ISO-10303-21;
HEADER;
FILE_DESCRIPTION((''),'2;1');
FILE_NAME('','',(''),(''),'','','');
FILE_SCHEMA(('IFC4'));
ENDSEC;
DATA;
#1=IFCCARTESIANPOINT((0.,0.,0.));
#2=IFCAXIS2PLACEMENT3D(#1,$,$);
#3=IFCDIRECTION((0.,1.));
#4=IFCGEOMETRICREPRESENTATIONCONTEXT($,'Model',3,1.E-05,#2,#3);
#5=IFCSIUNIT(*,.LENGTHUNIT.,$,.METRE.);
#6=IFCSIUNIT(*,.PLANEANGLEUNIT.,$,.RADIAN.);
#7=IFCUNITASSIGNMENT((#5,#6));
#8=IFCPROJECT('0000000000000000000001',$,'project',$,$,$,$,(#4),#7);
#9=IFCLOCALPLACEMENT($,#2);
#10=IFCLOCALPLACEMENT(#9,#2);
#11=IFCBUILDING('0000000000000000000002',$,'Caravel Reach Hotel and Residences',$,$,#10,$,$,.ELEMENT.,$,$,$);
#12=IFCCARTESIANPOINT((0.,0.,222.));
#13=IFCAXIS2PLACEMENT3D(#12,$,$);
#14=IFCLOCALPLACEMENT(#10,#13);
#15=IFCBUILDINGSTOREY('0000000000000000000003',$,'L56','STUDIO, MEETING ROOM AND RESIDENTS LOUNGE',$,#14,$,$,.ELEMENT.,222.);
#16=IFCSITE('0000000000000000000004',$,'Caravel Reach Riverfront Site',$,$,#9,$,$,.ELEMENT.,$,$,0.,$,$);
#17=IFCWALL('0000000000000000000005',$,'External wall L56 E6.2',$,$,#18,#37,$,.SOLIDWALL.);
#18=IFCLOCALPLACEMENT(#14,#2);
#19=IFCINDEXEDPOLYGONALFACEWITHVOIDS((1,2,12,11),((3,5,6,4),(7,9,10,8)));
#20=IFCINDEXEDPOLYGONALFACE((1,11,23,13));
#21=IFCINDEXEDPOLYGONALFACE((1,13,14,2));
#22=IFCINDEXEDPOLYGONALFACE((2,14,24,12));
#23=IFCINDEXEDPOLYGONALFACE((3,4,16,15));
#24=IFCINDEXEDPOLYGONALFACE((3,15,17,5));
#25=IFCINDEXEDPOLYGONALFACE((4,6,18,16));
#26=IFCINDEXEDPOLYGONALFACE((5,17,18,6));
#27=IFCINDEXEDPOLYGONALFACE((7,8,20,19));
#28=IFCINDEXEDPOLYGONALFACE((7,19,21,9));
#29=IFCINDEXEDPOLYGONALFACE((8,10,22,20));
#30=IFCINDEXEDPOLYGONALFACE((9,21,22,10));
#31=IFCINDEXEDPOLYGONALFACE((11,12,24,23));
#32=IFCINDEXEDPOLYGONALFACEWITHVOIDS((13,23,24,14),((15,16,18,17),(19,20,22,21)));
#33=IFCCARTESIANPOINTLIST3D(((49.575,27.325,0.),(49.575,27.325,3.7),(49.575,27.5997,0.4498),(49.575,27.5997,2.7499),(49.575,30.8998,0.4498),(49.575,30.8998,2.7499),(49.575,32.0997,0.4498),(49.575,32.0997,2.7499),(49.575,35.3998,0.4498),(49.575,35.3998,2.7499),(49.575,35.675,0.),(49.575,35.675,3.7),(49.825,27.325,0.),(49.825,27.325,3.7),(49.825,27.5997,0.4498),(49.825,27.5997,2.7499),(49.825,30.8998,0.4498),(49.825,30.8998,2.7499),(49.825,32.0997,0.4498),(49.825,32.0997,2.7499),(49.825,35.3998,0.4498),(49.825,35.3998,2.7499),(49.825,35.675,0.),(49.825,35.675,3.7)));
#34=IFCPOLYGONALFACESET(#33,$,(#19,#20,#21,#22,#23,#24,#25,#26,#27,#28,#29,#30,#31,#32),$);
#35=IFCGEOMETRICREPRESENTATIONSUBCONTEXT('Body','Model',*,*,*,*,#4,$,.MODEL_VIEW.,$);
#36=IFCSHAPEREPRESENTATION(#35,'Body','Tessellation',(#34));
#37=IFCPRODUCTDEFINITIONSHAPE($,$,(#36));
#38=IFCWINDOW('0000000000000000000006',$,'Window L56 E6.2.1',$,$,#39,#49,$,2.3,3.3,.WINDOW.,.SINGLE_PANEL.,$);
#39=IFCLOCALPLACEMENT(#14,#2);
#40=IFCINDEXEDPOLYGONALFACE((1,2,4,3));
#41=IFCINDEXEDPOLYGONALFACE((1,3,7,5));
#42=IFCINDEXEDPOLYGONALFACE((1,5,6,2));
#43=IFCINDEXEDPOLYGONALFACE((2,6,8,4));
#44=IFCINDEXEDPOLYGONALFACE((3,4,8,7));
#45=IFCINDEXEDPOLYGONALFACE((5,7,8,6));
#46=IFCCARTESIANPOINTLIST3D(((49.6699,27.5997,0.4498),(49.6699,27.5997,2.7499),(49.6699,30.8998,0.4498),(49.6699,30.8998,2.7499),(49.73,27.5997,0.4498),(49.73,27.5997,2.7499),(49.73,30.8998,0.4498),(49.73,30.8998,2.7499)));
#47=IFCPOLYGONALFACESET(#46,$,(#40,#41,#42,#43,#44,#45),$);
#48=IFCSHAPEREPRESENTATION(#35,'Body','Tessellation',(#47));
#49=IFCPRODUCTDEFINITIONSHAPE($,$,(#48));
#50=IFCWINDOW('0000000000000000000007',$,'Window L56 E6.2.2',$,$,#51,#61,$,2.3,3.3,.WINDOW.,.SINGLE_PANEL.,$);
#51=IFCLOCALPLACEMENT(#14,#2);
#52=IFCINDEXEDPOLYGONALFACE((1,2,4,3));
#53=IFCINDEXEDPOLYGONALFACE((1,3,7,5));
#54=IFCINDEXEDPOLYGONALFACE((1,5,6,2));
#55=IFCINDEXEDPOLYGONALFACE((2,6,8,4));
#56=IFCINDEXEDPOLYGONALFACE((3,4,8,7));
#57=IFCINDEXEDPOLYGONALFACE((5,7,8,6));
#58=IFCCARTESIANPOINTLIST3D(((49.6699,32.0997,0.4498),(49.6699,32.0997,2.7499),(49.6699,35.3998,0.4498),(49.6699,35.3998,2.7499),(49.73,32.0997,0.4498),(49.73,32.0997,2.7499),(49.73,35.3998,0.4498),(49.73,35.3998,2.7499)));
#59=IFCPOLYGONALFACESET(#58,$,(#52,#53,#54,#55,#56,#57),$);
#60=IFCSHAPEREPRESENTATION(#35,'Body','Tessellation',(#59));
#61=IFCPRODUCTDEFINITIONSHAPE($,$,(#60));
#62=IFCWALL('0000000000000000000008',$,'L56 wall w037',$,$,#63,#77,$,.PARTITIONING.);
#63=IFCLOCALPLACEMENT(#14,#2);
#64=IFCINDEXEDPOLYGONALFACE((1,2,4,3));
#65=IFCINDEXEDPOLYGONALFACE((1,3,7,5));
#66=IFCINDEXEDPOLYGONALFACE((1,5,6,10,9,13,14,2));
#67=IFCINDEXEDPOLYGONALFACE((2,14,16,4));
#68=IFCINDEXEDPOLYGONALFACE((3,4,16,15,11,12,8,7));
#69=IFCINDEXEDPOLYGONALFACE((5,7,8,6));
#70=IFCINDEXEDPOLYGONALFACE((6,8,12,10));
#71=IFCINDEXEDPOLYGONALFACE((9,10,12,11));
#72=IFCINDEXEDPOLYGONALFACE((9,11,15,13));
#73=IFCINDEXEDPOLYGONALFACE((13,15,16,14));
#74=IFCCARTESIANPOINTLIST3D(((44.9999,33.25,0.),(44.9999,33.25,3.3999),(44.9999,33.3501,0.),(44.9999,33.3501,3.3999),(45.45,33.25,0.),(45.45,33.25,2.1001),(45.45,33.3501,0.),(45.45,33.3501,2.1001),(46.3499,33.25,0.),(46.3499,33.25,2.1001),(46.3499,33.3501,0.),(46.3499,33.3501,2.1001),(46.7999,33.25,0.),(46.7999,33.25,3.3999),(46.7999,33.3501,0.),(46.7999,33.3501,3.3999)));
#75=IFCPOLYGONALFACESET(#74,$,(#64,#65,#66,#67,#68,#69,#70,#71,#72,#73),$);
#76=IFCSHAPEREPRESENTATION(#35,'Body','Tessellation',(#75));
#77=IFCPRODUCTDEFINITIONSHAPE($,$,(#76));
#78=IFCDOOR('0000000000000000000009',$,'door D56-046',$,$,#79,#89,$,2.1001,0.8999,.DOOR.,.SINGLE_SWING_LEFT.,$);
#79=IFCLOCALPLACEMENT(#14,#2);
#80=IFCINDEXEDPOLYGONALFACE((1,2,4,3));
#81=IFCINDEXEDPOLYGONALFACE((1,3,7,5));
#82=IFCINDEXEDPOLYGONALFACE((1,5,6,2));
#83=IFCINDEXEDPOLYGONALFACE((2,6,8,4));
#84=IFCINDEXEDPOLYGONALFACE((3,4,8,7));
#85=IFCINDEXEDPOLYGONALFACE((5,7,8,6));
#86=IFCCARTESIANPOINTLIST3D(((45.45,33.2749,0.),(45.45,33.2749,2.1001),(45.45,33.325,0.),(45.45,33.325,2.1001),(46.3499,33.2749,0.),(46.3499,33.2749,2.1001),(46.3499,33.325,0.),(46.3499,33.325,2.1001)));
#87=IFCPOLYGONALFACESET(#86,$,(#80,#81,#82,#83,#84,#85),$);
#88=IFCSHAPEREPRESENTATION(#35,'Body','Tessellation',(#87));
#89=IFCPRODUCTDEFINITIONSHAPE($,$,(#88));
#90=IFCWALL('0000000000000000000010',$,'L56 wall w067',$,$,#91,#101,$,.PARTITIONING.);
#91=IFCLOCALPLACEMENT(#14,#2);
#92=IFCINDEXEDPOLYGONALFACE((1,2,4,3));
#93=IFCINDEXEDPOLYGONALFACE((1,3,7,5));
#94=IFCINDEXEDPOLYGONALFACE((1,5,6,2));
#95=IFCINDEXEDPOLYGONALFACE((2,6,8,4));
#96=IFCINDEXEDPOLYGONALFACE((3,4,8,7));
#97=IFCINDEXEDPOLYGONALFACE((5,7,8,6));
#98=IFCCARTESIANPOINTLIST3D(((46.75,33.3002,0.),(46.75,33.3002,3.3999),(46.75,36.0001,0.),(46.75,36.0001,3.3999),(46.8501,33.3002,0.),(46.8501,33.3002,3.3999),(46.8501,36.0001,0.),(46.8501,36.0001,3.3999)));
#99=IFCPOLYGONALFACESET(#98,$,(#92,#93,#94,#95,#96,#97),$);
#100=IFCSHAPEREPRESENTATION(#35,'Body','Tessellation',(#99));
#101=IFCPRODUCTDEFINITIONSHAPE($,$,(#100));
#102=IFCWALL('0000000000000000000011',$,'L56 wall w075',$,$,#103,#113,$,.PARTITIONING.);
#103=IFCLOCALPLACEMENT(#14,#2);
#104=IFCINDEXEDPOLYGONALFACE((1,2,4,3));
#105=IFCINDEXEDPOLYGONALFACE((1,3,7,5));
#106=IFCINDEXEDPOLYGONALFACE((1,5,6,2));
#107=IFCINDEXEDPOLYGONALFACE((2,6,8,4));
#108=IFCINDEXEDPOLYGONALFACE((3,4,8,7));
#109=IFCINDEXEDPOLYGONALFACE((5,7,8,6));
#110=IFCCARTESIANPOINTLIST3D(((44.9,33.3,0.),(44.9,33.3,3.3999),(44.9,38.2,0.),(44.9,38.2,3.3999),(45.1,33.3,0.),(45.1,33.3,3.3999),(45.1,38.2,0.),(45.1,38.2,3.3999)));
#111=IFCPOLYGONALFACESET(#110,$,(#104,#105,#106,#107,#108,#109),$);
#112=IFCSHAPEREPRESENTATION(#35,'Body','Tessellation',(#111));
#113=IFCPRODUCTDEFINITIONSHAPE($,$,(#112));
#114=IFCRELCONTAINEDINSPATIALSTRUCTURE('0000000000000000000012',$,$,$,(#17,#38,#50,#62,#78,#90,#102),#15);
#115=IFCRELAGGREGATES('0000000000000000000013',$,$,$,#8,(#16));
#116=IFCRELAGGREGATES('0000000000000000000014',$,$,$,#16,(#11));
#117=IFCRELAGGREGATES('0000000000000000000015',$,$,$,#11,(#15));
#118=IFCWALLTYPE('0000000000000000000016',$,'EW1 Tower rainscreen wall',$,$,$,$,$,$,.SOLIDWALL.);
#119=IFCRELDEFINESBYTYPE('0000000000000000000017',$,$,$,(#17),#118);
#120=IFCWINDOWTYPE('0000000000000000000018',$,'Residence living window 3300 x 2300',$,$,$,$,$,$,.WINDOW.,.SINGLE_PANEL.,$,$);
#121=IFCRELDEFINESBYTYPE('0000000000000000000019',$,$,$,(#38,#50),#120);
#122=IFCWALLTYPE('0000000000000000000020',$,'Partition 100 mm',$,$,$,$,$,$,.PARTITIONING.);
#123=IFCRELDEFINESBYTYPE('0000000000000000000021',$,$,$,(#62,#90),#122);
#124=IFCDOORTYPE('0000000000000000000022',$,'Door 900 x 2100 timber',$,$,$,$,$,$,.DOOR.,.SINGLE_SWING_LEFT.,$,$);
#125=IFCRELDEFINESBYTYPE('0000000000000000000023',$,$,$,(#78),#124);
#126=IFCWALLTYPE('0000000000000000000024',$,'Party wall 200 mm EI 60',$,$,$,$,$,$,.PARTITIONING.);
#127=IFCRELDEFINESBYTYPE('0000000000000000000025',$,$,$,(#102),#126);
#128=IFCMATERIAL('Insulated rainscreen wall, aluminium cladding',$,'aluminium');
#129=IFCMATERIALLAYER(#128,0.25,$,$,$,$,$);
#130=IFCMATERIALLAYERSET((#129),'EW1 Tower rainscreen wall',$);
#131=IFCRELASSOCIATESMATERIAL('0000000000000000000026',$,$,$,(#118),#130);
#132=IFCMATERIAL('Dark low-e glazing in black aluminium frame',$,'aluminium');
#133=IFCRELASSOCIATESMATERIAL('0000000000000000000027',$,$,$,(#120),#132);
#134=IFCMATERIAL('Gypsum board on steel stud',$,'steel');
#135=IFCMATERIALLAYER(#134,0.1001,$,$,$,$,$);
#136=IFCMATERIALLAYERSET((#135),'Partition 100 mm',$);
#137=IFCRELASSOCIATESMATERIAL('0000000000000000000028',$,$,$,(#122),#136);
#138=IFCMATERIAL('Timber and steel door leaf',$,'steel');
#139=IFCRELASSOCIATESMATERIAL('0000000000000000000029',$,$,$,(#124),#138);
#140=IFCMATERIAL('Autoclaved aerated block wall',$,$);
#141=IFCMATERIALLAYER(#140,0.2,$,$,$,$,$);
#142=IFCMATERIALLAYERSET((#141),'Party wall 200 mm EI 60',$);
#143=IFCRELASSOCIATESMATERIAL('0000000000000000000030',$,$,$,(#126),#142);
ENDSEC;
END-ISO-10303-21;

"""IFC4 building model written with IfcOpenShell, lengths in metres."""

from ifc_helpers import new_model, si_unit, direction, frame, frame_2d, origin, place, context, subcontext, project, spatial, rectangle, extrude, material, layer, layer_set, type_object, element, fill, save


model = new_model("IFC4")

# Units and contexts
model_context = context("Model", 3, precision=1e-05, world=origin(), true_north=direction((0.0, 1.0)))
body_context = subcontext(model_context, "Body", "Model", "MODEL_VIEW")
ifc_project = project(units=[si_unit("LENGTHUNIT", "METRE"), si_unit("PLANEANGLEUNIT", "RADIAN")], contexts=[model_context])

# Site, building, storey
site_placement = place(None, origin())
site = spatial("IfcSite", under=ifc_project, at=site_placement, Name="Caravel Reach Riverfront Site", CompositionType="ELEMENT", RefElevation=0.0)
building_placement = place(site_placement, origin())
building = spatial("IfcBuilding", under=site, at=building_placement, Name="Caravel Reach Hotel and Residences", CompositionType="ELEMENT")
storey_placement = place(building_placement, frame((0.0, 0.0, 222.0)))
storey = spatial("IfcBuildingStorey", under=building, at=storey_placement, Name="L56", Description="STUDIO, MEETING ROOM AND RESIDENTS LOUNGE", CompositionType="ELEMENT", Elevation=222.0)

# Wall, openings, windows
ifc_material_1 = material(Name="Insulated rainscreen wall, aluminium cladding", Category="aluminium")
ifc_layer_1 = layer(ifc_material_1, 0.25)
ifc_layer_set_1 = layer_set([ifc_layer_1], Name="EW1 Tower rainscreen wall")
wall_type_1 = type_object("IfcWallType", Name="EW1 Tower rainscreen wall", PredefinedType="SOLIDWALL", material=ifc_layer_set_1)
ifc_material_2 = material(Name="Dark low-e glazing in black aluminium frame", Category="aluminium")
window_type = type_object("IfcWindowType", Name="Residence living window 3300 x 2300", PartitioningType="SINGLE_PANEL", PredefinedType="WINDOW", material=ifc_material_2)
wall_1_placement = place(storey_placement, frame((49.7, 27.325, 0.0), z_axis=(0.0, 0.0, 1.0), x_axis=(0.0, 1.0, 0.0)))
wall_1 = element("IfcWall", 1, at=wall_1_placement, inside=storey, type_object=wall_type_1, Name="External wall L56 E6.2", PredefinedType="SOLIDWALL", context=body_context, shape_type="SweptSolid", body=[
    extrude(rectangle(XDim=8.3501, YDim=0.25, at=frame_2d((4.175, 0.0))), origin(), (0.0, 0.0, 1.0), 3.7),
])
opening_1_placement = place(wall_1_placement, frame((0.2749, 0.0, 0.45)))
opening_1 = element("IfcOpeningElement", 2, at=opening_1_placement, cuts=wall_1, PredefinedType="OPENING", context=body_context, shape_type="SweptSolid", body=[
    extrude(rectangle(XDim=3.3, YDim=2.3, at=frame_2d((1.6499, 1.1499))), frame((0.0, 0.135, 0.0), z_axis=(0.0, -1.0, 0.0), x_axis=(1.0, 0.0, 0.0)), (0.0, 0.0, 1.0), 0.27),
])
opening_2_placement = place(wall_1_placement, frame((4.7749, 0.0, 0.45)))
opening_2 = element("IfcOpeningElement", 3, at=opening_2_placement, cuts=wall_1, PredefinedType="OPENING", context=body_context, shape_type="SweptSolid", body=[
    extrude(rectangle(XDim=3.3, YDim=2.3, at=frame_2d((1.6499, 1.1499))), frame((0.0, 0.135, 0.0), z_axis=(0.0, -1.0, 0.0), x_axis=(1.0, 0.0, 0.0)), (0.0, 0.0, 1.0), 0.27),
])
window_1_placement = place(opening_1_placement, origin())
window_1 = element("IfcWindow", 4, at=window_1_placement, inside=storey, type_object=window_type, Name="Window L56 E6.2.1", OverallHeight=2.3, OverallWidth=3.3, PartitioningType="SINGLE_PANEL", PredefinedType="WINDOW", context=body_context, shape_type="SweptSolid", body=[
    extrude(rectangle(XDim=3.3, YDim=2.3, at=frame_2d((1.6499, 1.1499))), frame((0.0, 0.03, 0.0), z_axis=(0.0, -1.0, 0.0), x_axis=(1.0, 0.0, 0.0)), (0.0, 0.0, 1.0), 0.0601),
])
fill(opening_1, window_1)
window_2_placement = place(opening_2_placement, origin())
window_2 = element("IfcWindow", 5, at=window_2_placement, inside=storey, type_object=window_type, Name="Window L56 E6.2.2", OverallHeight=2.3, OverallWidth=3.3, PartitioningType="SINGLE_PANEL", PredefinedType="WINDOW", context=body_context, shape_type="SweptSolid", body=[
    extrude(rectangle(XDim=3.3, YDim=2.3, at=frame_2d((1.6499, 1.1499))), frame((0.0, 0.03, 0.0), z_axis=(0.0, -1.0, 0.0), x_axis=(1.0, 0.0, 0.0)), (0.0, 0.0, 1.0), 0.0601),
])
fill(opening_2, window_2)

# Wall, opening, door
ifc_material_3 = material(Name="Gypsum board on steel stud", Category="steel")
ifc_layer_2 = layer(ifc_material_3, 0.1001)
ifc_layer_set_2 = layer_set([ifc_layer_2], Name="Partition 100 mm")
wall_type_2 = type_object("IfcWallType", Name="Partition 100 mm", PredefinedType="PARTITIONING", material=ifc_layer_set_2)
wall_2_placement = place(storey_placement, frame((45.0, 33.3, 0.0), z_axis=(0.0, 0.0, 1.0), x_axis=(1.0, 0.0, 0.0)))
wall_2 = element("IfcWall", 6, at=wall_2_placement, inside=storey, type_object=wall_type_2, Name="L56 wall w037", PredefinedType="PARTITIONING", context=body_context, shape_type="SweptSolid", body=[
    extrude(rectangle(XDim=1.8, YDim=0.1001, at=frame_2d((0.8999, 0.0))), origin(), (0.0, 0.0, 1.0), 3.3999),
])
opening_3_placement = place(wall_2_placement, frame((0.45, 0.0, 0.0)))
opening_3 = element("IfcOpeningElement", 7, at=opening_3_placement, cuts=wall_2, PredefinedType="OPENING", context=body_context, shape_type="SweptSolid", body=[
    extrude(rectangle(XDim=0.8999, YDim=2.1001, at=frame_2d((0.45, 1.05))), frame((0.0, 0.0601, 0.0), z_axis=(0.0, -1.0, 0.0), x_axis=(1.0, 0.0, 0.0)), (0.0, 0.0, 1.0), 0.1201),
])
ifc_material_4 = material(Name="Timber and steel door leaf", Category="steel")
door_type_1 = type_object("IfcDoorType", Name="Door 900 x 2100 timber", OperationType="SINGLE_SWING_LEFT", PredefinedType="DOOR", material=ifc_material_4)
door_1_placement = place(opening_3_placement, origin())
door_1 = element("IfcDoor", 8, at=door_1_placement, inside=storey, type_object=door_type_1, Name="door D56-046", OperationType="SINGLE_SWING_LEFT", OverallHeight=2.1001, OverallWidth=0.8999, PredefinedType="DOOR", context=body_context, shape_type="SweptSolid", body=[
    extrude(rectangle(XDim=0.8999, YDim=2.1001, at=frame_2d((0.45, 1.05))), frame((0.0, 0.0249, 0.0), z_axis=(0.0, -1.0, 0.0), x_axis=(1.0, 0.0, 0.0)), (0.0, 0.0, 1.0), 0.05),
])
fill(opening_3, door_1)

# Walls
wall_3_placement = place(storey_placement, frame((46.8, 33.3, 0.0), z_axis=(0.0, 0.0, 1.0), x_axis=(0.0, 1.0, 0.0)))
element("IfcWall", 9, at=wall_3_placement, inside=storey, type_object=wall_type_2, Name="L56 wall w067", PredefinedType="PARTITIONING", context=body_context, shape_type="SweptSolid", body=[
    extrude(rectangle(XDim=2.7, YDim=0.1001, at=frame_2d((1.3501, 0.0))), origin(), (0.0, 0.0, 1.0), 3.3999),
])
ifc_material_5 = material(Name="Autoclaved aerated block wall")
ifc_layer_3 = layer(ifc_material_5, 0.2)
ifc_layer_set_3 = layer_set([ifc_layer_3], Name="Party wall 200 mm EI 60")
wall_type_3 = type_object("IfcWallType", Name="Party wall 200 mm EI 60", PredefinedType="PARTITIONING", material=ifc_layer_set_3)
wall_4_placement = place(storey_placement, frame((45.0, 33.3, 0.0), z_axis=(0.0, 0.0, 1.0), x_axis=(0.0, 1.0, 0.0)))
element("IfcWall", 10, at=wall_4_placement, inside=storey, type_object=wall_type_3, Name="L56 wall w075", PredefinedType="PARTITIONING", context=body_context, shape_type="SweptSolid", body=[
    extrude(rectangle(XDim=4.8999, YDim=0.2, at=frame_2d((2.45, 0.0))), origin(), (0.0, 0.0, 1.0), 3.3999),
])

save(model, "model.ifc")
